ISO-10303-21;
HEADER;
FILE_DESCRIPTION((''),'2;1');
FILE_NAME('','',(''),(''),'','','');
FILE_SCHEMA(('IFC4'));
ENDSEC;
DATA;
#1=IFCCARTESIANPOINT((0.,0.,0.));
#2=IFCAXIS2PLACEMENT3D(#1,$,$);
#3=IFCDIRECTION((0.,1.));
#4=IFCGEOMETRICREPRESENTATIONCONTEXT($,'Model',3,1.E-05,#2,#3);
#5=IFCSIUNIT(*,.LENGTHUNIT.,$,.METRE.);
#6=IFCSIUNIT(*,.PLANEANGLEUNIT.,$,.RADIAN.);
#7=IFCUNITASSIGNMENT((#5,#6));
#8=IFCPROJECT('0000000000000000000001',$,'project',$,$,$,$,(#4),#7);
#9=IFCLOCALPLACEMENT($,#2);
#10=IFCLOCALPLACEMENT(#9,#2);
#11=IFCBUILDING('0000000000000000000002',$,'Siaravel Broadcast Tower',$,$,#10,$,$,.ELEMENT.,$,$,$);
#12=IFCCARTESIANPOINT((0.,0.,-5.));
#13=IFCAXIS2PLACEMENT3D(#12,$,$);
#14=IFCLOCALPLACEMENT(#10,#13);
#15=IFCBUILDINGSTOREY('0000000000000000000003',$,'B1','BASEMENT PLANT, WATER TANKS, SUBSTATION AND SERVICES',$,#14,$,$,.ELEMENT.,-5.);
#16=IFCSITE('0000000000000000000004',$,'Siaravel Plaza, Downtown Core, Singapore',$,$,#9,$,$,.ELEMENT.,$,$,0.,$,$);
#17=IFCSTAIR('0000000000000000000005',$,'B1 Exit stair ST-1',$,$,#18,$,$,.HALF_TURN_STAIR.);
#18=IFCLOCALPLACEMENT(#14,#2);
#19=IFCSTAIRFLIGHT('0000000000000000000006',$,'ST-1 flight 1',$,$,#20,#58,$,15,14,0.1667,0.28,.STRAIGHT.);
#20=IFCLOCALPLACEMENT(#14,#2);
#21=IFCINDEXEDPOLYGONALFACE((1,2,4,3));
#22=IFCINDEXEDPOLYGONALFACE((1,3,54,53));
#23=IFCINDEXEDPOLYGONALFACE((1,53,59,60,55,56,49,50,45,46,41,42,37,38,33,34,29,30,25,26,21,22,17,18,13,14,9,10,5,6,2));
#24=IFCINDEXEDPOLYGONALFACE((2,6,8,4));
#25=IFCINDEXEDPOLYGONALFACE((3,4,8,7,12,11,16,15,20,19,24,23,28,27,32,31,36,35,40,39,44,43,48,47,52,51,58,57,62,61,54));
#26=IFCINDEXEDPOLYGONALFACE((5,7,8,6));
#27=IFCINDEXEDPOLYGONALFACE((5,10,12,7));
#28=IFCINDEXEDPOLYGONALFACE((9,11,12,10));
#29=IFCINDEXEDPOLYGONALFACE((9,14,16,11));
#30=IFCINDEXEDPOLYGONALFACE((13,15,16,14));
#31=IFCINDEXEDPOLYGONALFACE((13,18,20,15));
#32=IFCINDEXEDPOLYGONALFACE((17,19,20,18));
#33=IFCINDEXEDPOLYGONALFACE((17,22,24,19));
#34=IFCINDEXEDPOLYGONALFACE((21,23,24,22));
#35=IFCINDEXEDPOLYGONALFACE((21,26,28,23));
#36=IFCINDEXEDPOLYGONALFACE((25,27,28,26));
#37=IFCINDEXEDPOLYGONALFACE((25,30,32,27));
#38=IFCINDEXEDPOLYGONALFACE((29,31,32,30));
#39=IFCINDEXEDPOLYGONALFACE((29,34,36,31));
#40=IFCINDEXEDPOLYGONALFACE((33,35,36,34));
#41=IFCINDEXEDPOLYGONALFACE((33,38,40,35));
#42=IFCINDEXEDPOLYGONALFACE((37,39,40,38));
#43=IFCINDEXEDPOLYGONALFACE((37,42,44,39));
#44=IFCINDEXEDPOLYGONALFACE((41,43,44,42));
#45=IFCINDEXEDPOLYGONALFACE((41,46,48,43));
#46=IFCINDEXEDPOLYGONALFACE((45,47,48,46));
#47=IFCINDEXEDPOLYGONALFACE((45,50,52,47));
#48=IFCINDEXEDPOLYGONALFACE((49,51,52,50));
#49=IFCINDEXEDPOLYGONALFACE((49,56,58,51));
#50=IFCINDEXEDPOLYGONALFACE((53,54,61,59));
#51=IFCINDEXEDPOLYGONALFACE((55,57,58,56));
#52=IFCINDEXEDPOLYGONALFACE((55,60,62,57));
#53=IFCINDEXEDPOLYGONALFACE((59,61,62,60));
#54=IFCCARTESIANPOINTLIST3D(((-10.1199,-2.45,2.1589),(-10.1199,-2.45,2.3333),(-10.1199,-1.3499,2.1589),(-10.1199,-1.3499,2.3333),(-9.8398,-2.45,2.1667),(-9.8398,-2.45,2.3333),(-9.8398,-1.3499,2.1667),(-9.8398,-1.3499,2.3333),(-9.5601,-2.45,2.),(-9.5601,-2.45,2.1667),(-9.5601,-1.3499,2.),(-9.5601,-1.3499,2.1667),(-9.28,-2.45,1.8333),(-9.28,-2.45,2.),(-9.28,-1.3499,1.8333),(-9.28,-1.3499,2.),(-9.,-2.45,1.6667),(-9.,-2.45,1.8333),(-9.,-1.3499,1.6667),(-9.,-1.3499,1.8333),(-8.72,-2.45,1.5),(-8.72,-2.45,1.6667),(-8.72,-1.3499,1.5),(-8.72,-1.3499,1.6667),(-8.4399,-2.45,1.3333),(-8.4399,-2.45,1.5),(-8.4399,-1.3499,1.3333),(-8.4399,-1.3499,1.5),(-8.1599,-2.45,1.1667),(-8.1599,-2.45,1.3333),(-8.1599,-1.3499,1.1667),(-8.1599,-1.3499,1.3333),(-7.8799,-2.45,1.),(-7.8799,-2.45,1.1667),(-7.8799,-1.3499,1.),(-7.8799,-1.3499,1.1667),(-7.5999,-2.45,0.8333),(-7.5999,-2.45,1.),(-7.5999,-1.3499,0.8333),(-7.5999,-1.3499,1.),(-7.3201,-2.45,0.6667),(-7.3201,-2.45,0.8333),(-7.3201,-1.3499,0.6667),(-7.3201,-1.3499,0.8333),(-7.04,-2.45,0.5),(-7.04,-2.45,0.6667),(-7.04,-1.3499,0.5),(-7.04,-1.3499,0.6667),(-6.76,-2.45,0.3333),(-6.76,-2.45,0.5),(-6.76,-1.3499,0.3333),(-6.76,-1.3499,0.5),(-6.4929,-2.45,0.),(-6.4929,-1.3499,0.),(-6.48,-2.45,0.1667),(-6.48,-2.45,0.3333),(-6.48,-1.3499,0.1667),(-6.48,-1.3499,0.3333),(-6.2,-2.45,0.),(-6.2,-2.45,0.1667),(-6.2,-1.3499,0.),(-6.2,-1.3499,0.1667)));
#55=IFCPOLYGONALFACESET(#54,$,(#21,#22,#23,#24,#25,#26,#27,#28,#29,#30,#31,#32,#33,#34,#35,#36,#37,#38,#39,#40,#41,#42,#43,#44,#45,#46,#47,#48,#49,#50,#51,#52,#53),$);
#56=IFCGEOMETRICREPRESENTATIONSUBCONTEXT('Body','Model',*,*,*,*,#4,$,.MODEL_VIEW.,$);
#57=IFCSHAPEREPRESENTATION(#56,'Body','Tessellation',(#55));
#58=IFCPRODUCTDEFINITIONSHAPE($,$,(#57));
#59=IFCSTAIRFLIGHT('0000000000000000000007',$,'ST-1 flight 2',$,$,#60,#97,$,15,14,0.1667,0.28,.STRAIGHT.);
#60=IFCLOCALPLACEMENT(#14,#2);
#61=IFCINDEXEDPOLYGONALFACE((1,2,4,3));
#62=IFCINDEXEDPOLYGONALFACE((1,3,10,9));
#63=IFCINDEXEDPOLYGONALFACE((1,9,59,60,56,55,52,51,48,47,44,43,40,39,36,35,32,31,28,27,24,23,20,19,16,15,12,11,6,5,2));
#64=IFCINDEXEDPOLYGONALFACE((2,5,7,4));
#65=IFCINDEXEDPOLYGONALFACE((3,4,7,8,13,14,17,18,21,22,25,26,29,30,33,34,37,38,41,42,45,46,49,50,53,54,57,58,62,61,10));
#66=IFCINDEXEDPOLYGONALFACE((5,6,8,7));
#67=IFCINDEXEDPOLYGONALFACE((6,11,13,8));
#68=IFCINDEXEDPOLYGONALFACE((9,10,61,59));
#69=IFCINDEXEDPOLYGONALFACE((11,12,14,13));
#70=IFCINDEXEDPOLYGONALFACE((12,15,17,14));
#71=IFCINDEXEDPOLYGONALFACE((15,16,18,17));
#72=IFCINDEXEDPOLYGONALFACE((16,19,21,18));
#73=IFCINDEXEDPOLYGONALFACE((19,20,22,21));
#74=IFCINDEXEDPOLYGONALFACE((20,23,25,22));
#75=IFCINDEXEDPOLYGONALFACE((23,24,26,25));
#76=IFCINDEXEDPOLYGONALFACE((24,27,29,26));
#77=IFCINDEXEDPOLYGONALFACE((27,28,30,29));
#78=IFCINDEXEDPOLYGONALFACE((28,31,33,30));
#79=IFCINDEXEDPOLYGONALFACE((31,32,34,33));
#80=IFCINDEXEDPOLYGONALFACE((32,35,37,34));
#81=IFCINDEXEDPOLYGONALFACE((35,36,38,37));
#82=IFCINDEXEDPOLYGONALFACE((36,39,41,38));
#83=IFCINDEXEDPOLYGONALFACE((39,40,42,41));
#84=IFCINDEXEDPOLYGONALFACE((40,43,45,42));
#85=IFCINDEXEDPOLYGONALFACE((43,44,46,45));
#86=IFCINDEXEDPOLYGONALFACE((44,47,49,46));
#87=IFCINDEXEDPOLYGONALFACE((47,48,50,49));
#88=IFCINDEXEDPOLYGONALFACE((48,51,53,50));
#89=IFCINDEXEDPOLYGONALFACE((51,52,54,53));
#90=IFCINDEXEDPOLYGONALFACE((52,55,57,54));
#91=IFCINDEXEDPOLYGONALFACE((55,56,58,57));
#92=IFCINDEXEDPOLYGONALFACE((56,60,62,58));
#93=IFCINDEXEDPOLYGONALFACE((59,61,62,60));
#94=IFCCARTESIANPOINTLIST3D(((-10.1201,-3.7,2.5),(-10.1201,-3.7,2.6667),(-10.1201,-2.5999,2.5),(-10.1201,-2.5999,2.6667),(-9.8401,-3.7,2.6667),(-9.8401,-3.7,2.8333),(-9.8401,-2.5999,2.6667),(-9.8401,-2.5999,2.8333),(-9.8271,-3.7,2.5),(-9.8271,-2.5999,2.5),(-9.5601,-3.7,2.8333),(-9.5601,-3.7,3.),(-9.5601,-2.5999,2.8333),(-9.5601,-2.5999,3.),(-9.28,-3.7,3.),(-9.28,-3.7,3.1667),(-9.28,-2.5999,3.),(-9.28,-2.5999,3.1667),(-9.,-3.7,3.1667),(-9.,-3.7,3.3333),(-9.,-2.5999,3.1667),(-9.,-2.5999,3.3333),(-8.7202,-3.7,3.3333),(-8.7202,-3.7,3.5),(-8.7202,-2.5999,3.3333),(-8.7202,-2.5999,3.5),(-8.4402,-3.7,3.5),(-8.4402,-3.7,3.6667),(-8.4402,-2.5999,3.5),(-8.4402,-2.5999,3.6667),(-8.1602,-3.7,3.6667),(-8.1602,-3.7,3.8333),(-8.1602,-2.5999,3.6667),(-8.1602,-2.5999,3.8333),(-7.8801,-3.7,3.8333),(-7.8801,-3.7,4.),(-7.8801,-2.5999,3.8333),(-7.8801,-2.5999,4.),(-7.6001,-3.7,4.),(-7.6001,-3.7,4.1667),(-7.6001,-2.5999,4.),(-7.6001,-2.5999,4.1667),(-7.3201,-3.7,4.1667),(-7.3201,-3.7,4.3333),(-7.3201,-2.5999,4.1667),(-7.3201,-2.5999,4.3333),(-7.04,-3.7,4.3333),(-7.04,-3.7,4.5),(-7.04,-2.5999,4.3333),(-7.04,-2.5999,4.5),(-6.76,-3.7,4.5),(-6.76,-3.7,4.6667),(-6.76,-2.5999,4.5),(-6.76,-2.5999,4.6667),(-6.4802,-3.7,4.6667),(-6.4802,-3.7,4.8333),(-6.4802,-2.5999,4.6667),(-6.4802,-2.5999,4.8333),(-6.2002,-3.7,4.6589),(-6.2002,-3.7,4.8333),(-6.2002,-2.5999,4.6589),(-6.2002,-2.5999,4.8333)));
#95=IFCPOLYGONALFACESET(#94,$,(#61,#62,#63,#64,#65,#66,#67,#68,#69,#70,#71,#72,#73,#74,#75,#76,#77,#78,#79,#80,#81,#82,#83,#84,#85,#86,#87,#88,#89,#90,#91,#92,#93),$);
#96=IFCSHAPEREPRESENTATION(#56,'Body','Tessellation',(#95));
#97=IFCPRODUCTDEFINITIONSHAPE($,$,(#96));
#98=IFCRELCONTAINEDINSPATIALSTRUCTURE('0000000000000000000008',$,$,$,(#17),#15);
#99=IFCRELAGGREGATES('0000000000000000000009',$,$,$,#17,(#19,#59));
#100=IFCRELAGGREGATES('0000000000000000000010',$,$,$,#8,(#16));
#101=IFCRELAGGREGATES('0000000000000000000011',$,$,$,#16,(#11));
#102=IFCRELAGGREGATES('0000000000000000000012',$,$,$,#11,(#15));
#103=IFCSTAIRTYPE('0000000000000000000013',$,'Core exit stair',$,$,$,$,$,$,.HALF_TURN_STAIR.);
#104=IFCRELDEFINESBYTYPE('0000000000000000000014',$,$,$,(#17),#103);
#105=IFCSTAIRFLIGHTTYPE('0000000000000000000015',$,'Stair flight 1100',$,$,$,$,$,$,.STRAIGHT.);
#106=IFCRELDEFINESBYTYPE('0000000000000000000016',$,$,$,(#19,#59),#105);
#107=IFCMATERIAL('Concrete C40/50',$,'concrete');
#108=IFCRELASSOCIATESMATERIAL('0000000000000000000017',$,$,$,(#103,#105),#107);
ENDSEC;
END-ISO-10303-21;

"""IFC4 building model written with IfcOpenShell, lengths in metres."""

from ifc_helpers import new_model, si_unit, direction, frame, origin, place, context, subcontext, project, spatial, polyline, outline, extrude, material, type_object, element, aggregate, save


model = new_model("IFC4")

# Units and contexts
model_context = context("Model", 3, precision=1e-05, world=origin(), true_north=direction((0.0, 1.0)))
body_context = subcontext(model_context, "Body", "Model", "MODEL_VIEW")
ifc_project = project(units=[si_unit("LENGTHUNIT", "METRE"), si_unit("PLANEANGLEUNIT", "RADIAN")], contexts=[model_context])

# Site, building, storey
site_placement = place(None, origin())
site = spatial("IfcSite", under=ifc_project, at=site_placement, Name="Siaravel Plaza, Downtown Core, Singapore", CompositionType="ELEMENT", RefElevation=0.0)
building_placement = place(site_placement, origin())
building = spatial("IfcBuilding", under=site, at=building_placement, Name="Siaravel Broadcast Tower", CompositionType="ELEMENT")
storey_placement = place(building_placement, frame((0.0, 0.0, -5.0)))
storey = spatial("IfcBuildingStorey", under=building, at=storey_placement, Name="B1", Description="BASEMENT PLANT, WATER TANKS, SUBSTATION AND SERVICES", CompositionType="ELEMENT", Elevation=-5.0)

# Shared definitions
ifc_material_1 = material(Name="Concrete C40/50", Category="concrete")

# Stair, stair flights
stair_type = type_object("IfcStairType", Name="Core exit stair", PredefinedType="HALF_TURN_STAIR", material=ifc_material_1)
stair_placement = place(storey_placement, origin())
stair = element("IfcStair", 1, at=stair_placement, inside=storey, type_object=stair_type, Name="B1 Exit stair ST-1", PredefinedType="HALF_TURN_STAIR")
stair_flight_type = type_object("IfcStairFlightType", Name="Stair flight 1100", PredefinedType="STRAIGHT", material=ifc_material_1)
stair_flight_1_placement = place(storey_placement, frame((-6.2, -1.8999, 0.0), z_axis=(0.0, 0.0, 1.0), x_axis=(-1.0, 0.0, 0.0)))
stair_flight_1 = element("IfcStairFlight", 2, at=stair_flight_1_placement, type_object=stair_flight_type, Name="ST-1 flight 1", NumberOfRisers=15, NumberOfTreads=14, PredefinedType="STRAIGHT", RiserHeight=0.1667, TreadLength=0.28, context=body_context, shape_type="SweptSolid", body=[
    extrude(outline(polyline([(0.0, 0.0), (0.0, 0.1667), (0.28, 0.1667), (0.28, 0.3333), (0.5601, 0.3333), (0.5601, 0.5), (0.8401, 0.5), (0.8401, 0.6667), (1.1201, 0.6667), (1.1201, 0.8333), (1.3999, 0.8333), (1.3999, 1.0), (1.6799, 1.0), (1.6799, 1.1667), (1.96, 1.1667), (1.96, 1.3333), (2.24, 1.3333), (2.24, 1.5), (2.52, 1.5), (2.52, 1.6667), (2.8, 1.6667), (2.8, 1.8333), (3.0801, 1.8333), (3.0801, 2.0), (3.3601, 2.0), (3.3601, 2.1667), (3.6399, 2.1667), (3.6399, 2.3333), (3.9199, 2.3333), (3.9199, 2.5), (3.9199, 2.1589), (0.293, 0.0), (0.0, 0.0)])), frame((0.0, 0.55, 0.0), z_axis=(0.0, -1.0, 0.0), x_axis=(1.0, 0.0, 0.0)), (0.0, 0.0, 1.0), 1.1001),
])
stair_flight_2_placement = place(storey_placement, frame((-10.1201, -3.1499, 2.5), z_axis=(0.0, 0.0, 1.0), x_axis=(1.0, 0.0, 0.0)))
stair_flight_2 = element("IfcStairFlight", 3, at=stair_flight_2_placement, type_object=stair_flight_type, Name="ST-1 flight 2", NumberOfRisers=15, NumberOfTreads=14, PredefinedType="STRAIGHT", RiserHeight=0.1667, TreadLength=0.28, context=body_context, shape_type="SweptSolid", body=[
    extrude(outline(polyline([(0.0, 0.0), (0.0, 0.1667), (0.28, 0.1667), (0.28, 0.3333), (0.5601, 0.3333), (0.5601, 0.5), (0.8401, 0.5), (0.8401, 0.6667), (1.1201, 0.6667), (1.1201, 0.8333), (1.3999, 0.8333), (1.3999, 1.0), (1.6799, 1.0), (1.6799, 1.1667), (1.96, 1.1667), (1.96, 1.3333), (2.24, 1.3333), (2.24, 1.5), (2.52, 1.5), (2.52, 1.6667), (2.8, 1.6667), (2.8, 1.8333), (3.0801, 1.8333), (3.0801, 2.0), (3.3601, 2.0), (3.3601, 2.1667), (3.6399, 2.1667), (3.6399, 2.3333), (3.9199, 2.3333), (3.9199, 2.5), (3.9199, 2.1589), (0.293, 0.0), (0.0, 0.0)])), frame((0.0, 0.55, 0.0), z_axis=(0.0, -1.0, 0.0), x_axis=(1.0, 0.0, 0.0)), (0.0, 0.0, 1.0), 1.1001),
])
aggregate(stair, [stair_flight_1, stair_flight_2])

save(model, "model.ifc")
